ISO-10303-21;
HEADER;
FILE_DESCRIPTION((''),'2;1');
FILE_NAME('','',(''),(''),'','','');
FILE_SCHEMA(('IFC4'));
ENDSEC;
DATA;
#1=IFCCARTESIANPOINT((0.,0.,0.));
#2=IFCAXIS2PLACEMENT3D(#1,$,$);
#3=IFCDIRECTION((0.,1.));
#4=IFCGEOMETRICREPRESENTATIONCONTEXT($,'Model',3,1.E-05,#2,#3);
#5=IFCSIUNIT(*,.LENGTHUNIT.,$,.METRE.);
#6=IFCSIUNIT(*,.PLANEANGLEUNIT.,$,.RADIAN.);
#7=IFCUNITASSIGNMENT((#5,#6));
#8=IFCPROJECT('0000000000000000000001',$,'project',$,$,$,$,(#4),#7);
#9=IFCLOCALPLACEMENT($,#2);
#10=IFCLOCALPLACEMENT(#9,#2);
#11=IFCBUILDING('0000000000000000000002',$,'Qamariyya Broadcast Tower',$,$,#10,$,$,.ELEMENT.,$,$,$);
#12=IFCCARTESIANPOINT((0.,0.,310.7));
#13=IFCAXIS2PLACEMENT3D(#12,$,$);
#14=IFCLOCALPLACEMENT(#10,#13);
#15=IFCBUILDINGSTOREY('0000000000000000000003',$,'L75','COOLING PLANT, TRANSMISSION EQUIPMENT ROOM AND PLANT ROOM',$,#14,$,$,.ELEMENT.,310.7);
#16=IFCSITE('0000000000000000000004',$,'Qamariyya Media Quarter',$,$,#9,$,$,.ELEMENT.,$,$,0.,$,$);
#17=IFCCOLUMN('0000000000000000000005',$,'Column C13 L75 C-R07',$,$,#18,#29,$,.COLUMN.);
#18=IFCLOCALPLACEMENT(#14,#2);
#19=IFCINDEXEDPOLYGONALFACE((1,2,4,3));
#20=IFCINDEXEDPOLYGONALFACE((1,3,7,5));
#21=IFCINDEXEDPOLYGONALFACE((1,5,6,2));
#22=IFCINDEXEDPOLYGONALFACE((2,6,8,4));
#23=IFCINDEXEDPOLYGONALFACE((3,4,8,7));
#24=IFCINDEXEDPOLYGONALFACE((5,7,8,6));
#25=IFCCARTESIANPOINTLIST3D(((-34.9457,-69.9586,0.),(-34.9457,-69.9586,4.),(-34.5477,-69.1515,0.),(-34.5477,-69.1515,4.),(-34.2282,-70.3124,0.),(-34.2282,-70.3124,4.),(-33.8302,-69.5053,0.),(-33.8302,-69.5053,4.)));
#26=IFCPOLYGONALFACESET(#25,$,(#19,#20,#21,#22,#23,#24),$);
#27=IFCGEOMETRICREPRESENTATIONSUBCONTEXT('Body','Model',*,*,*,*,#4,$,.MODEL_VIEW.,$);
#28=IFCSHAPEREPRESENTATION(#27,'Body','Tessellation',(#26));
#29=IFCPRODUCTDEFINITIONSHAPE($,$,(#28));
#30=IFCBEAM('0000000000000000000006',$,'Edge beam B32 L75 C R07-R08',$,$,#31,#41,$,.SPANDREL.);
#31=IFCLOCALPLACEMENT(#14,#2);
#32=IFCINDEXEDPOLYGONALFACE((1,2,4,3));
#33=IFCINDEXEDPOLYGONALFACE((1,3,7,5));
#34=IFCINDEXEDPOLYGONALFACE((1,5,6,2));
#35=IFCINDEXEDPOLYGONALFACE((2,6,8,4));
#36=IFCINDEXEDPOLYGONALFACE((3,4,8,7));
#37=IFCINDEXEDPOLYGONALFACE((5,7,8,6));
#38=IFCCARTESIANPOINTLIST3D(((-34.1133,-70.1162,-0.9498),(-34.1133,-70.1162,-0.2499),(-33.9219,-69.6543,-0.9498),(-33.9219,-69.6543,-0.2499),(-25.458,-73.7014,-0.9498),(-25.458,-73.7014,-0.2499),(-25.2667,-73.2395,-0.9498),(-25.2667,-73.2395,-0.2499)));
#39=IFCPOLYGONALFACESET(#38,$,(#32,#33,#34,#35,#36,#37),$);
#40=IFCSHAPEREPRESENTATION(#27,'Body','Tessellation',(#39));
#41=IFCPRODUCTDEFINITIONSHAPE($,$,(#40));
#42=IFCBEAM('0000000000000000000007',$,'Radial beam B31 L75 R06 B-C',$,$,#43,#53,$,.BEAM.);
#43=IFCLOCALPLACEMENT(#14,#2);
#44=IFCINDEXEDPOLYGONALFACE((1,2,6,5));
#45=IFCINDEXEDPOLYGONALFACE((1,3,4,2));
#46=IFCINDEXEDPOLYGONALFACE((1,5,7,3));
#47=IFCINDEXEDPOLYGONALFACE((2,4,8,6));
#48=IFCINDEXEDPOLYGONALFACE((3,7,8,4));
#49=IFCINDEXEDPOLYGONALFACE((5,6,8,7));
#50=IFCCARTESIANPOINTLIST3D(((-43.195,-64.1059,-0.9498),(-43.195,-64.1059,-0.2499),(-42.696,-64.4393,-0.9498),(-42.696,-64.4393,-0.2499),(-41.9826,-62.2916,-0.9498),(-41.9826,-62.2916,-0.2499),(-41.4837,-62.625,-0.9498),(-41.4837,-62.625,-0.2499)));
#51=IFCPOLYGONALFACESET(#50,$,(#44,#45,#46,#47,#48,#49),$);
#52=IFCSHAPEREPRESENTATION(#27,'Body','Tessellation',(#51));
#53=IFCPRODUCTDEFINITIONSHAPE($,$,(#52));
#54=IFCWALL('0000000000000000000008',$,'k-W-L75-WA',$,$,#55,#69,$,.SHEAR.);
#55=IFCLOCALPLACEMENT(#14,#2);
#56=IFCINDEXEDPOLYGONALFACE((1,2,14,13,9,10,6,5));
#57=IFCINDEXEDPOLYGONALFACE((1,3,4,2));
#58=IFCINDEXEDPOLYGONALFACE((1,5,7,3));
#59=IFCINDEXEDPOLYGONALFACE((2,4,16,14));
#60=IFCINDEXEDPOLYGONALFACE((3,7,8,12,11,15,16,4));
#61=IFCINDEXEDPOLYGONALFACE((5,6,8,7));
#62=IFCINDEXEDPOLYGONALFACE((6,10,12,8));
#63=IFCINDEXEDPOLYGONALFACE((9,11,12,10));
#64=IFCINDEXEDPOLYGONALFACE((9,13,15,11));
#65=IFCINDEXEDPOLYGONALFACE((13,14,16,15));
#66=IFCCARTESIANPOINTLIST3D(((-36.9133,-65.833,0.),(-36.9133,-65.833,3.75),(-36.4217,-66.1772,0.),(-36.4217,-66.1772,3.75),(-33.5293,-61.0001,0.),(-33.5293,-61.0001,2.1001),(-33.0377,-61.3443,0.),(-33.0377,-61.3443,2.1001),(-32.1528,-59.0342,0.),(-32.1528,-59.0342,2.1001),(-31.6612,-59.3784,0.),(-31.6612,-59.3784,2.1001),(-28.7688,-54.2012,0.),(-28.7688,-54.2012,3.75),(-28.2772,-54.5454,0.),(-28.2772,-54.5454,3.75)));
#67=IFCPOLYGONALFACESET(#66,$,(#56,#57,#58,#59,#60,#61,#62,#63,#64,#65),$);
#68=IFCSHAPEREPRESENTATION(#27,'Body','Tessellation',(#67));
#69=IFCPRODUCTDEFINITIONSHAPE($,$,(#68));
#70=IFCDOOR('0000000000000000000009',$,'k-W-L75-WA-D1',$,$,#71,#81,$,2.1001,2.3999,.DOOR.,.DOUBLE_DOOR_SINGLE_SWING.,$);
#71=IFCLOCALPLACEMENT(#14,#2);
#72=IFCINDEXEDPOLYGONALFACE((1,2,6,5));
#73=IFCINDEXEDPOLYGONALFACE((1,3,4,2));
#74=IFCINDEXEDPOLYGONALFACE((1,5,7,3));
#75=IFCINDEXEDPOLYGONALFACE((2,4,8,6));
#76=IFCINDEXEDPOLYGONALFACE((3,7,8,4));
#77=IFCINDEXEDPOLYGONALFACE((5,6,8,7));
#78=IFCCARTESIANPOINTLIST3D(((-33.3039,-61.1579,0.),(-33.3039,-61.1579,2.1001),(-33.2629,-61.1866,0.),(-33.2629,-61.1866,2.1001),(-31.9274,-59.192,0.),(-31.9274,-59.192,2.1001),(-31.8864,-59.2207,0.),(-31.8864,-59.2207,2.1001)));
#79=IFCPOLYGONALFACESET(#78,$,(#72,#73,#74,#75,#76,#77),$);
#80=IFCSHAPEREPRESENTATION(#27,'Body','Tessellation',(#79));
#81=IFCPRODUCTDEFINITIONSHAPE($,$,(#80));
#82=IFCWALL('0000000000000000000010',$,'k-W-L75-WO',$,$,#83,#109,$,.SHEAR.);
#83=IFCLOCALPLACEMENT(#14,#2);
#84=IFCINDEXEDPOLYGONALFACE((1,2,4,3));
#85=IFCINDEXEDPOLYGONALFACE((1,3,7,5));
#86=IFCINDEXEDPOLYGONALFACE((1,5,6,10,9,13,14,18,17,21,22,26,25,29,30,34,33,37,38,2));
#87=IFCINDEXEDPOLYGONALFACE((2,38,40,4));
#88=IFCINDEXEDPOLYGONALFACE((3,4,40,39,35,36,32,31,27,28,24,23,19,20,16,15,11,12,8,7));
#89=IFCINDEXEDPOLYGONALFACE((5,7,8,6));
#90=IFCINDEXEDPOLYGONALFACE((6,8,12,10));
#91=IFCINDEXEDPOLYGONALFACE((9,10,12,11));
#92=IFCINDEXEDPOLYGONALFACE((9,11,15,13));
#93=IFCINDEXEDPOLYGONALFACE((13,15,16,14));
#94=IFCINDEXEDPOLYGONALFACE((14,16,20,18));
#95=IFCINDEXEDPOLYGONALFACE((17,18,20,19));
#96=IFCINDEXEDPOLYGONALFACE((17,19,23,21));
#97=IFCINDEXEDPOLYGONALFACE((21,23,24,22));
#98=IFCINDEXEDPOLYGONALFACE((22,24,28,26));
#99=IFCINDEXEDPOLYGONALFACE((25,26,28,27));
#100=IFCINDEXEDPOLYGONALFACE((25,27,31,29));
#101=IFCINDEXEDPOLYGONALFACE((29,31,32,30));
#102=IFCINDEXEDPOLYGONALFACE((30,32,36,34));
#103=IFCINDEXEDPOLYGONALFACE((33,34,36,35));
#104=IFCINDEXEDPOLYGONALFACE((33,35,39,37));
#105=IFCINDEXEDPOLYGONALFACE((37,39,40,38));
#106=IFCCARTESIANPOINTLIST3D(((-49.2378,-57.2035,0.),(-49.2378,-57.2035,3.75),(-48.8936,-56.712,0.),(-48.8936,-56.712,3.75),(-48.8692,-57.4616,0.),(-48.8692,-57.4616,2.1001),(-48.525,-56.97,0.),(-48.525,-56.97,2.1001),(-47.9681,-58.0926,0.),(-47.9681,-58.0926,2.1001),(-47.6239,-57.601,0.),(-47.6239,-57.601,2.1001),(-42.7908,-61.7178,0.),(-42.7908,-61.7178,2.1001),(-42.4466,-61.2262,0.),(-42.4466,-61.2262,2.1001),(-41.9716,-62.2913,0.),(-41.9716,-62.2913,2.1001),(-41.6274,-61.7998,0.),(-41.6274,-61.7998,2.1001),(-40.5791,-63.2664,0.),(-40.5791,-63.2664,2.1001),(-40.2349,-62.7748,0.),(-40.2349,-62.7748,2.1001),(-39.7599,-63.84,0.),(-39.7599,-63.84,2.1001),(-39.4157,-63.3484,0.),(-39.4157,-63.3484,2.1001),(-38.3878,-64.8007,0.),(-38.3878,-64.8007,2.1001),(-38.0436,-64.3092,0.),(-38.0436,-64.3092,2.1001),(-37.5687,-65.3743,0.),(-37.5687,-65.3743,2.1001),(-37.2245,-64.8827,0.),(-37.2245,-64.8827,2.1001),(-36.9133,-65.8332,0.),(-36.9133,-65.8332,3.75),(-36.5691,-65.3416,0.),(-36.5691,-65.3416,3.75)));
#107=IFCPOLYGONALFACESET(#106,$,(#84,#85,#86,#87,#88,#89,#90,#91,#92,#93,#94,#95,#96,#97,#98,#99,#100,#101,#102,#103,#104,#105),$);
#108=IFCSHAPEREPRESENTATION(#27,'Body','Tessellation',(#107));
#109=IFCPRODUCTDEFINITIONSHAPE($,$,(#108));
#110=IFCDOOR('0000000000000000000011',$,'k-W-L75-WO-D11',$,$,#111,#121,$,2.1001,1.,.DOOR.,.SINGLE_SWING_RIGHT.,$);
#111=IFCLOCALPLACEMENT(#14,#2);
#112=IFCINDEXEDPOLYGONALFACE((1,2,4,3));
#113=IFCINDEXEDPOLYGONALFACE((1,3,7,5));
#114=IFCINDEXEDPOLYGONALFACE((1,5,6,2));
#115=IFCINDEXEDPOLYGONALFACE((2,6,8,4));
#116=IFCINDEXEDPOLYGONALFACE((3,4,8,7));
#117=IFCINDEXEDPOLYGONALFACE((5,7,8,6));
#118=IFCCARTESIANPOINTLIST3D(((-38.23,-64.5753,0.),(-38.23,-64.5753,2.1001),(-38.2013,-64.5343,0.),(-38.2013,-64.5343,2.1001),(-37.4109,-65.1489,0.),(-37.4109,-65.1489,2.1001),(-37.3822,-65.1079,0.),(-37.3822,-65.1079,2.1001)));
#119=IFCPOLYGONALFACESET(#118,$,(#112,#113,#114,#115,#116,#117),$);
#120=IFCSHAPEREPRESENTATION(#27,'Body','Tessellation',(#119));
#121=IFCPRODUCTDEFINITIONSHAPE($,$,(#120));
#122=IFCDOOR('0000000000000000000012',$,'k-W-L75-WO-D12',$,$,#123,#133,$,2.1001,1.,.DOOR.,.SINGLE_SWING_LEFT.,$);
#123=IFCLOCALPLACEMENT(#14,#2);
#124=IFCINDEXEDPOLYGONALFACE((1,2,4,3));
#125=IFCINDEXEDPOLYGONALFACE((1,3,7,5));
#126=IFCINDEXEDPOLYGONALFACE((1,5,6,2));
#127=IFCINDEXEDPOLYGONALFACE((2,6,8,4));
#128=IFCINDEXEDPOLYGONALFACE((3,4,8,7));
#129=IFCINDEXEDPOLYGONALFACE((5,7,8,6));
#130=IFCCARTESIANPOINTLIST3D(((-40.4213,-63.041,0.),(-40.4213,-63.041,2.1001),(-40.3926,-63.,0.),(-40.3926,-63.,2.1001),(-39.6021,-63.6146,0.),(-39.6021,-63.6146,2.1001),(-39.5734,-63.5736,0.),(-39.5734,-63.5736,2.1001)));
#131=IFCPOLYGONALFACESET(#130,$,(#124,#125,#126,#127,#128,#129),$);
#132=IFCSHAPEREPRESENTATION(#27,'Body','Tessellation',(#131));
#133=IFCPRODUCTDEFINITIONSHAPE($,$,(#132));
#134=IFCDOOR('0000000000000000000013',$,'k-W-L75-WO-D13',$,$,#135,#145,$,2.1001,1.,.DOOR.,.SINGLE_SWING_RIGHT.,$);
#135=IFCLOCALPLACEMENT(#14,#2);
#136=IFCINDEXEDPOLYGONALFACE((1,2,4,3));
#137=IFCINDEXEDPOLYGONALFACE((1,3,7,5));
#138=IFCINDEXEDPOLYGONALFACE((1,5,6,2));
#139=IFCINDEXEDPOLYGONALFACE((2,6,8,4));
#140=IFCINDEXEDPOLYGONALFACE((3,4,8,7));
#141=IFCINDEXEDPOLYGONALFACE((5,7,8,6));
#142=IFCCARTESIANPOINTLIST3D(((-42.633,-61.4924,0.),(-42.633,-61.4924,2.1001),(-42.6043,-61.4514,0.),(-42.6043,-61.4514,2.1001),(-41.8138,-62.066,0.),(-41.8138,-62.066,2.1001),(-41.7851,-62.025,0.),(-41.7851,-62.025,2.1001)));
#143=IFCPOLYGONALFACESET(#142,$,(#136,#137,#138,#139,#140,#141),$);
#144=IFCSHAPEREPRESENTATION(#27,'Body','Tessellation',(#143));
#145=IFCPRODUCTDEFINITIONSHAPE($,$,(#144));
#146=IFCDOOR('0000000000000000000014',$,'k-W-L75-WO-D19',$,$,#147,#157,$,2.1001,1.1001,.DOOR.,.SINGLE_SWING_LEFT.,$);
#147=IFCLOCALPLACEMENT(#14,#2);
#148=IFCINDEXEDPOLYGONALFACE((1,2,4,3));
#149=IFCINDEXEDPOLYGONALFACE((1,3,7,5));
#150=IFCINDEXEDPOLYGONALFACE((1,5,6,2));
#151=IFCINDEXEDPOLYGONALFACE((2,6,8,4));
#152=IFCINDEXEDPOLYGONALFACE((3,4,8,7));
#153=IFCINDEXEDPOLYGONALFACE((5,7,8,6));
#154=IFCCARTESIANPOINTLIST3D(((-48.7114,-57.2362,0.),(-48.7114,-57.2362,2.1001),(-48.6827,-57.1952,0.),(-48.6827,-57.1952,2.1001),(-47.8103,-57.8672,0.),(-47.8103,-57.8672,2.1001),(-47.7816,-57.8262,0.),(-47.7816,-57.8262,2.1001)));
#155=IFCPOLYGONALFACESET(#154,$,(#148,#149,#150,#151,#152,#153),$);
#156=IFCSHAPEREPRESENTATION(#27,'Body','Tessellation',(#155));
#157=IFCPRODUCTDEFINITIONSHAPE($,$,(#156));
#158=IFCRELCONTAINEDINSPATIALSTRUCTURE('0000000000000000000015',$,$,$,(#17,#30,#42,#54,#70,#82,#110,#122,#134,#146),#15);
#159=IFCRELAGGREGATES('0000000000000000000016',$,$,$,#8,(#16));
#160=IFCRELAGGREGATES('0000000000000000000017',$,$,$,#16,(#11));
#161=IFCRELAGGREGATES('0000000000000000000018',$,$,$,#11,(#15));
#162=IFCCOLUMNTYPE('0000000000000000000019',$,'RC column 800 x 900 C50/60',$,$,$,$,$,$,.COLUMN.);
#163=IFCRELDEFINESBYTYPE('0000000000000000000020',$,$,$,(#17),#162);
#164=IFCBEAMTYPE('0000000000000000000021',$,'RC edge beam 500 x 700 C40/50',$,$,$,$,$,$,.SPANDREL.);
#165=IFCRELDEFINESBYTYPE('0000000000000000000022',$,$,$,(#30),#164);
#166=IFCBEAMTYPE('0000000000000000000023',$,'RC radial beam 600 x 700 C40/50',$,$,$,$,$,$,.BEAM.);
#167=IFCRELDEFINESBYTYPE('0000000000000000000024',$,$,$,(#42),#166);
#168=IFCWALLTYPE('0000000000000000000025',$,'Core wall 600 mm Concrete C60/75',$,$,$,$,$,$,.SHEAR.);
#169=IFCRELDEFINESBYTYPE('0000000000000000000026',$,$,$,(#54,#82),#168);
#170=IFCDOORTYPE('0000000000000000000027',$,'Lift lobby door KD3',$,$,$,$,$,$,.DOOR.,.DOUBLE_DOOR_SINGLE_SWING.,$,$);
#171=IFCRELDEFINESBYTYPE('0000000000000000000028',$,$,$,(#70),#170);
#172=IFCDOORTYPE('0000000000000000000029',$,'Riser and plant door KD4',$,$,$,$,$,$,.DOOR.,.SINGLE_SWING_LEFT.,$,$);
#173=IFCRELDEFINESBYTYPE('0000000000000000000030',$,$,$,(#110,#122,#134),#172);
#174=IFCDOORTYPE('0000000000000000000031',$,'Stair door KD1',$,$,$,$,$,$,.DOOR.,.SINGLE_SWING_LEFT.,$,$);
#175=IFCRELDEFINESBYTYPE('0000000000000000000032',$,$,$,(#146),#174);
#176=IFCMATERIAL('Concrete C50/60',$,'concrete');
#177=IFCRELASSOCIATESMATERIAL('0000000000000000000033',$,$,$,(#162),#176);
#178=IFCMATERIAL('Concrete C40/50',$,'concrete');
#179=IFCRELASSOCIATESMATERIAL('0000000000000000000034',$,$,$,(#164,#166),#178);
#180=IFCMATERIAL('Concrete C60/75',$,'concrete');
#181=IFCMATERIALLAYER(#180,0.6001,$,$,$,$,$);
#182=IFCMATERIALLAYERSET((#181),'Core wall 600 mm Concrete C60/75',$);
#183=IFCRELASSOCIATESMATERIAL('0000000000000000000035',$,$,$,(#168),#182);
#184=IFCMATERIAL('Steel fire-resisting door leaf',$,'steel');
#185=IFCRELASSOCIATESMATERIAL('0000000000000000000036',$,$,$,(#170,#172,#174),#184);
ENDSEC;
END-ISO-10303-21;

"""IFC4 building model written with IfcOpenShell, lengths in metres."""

from ifc_helpers import new_model, si_unit, direction, frame, frame_2d, origin, origin_2d, place, context, subcontext, project, spatial, rectangle, extrude, material, layer, layer_set, material_profile, profile_set, type_object, element, fill, save


model = new_model("IFC4")

# Units and contexts
model_context = context("Model", 3, precision=1e-05, world=origin(), true_north=direction((0.0, 1.0)))
body_context = subcontext(model_context, "Body", "Model", "MODEL_VIEW")
ifc_project = project(units=[si_unit("LENGTHUNIT", "METRE"), si_unit("PLANEANGLEUNIT", "RADIAN")], contexts=[model_context])

# Site, building, storey
site_placement = place(None, origin())
site = spatial("IfcSite", under=ifc_project, at=site_placement, Name="Qamariyya Media Quarter", CompositionType="ELEMENT", RefElevation=0.0)
building_placement = place(site_placement, origin())
building = spatial("IfcBuilding", under=site, at=building_placement, Name="Qamariyya Broadcast Tower", CompositionType="ELEMENT")
storey_placement = place(building_placement, frame((0.0, 0.0, 310.7)))
storey = spatial("IfcBuildingStorey", under=building, at=storey_placement, Name="L75", Description="COOLING PLANT, TRANSMISSION EQUIPMENT ROOM AND PLANT ROOM", CompositionType="ELEMENT", Elevation=310.7)

# Column
ifc_material_1 = material(Name="Concrete C50/60", Category="concrete")
ifc_material_profile_1 = material_profile(ifc_material_1, rectangle(XDim=0.8, YDim=0.8999, at=origin_2d()))
ifc_profile_set_1 = profile_set([ifc_material_profile_1], Name="Concrete C50/60")
column_type = type_object("IfcColumnType", Name="RC column 800 x 900 C50/60", PredefinedType="COLUMN", material=ifc_profile_set_1)
column_placement = place(storey_placement, frame((-34.3879, -69.7319, 0.0), z_axis=(0.0, 0.0, 1.0), x_axis=(0.896873, -0.442289, 0.0)))
element("IfcColumn", 1, at=column_placement, inside=storey, type_object=column_type, Name="Column C13 L75 C-R07", PredefinedType="COLUMN", context=body_context, shape_type="SweptSolid", body=[
    extrude(rectangle(XDim=0.8, YDim=0.8999, at=origin_2d()), origin(), (0.0, 0.0, 1.0), 4.0),
])

# Beams
ifc_material_2 = material(Name="Concrete C40/50", Category="concrete")
ifc_material_profile_2 = material_profile(ifc_material_2, rectangle(XDim=0.5, YDim=0.7, at=origin_2d()))
ifc_profile_set_2 = profile_set([ifc_material_profile_2], Name="Concrete C40/50")
beam_type_1 = type_object("IfcBeamType", Name="RC edge beam 500 x 700 C40/50", PredefinedType="SPANDREL", material=ifc_profile_set_2)
beam_1_placement = place(storey_placement, frame((-34.0176, -69.8853, -0.5999), z_axis=(0.923877, -0.38269, 0.0), x_axis=(0.38269, 0.923877, 0.0)))
element("IfcBeam", 2, at=beam_1_placement, inside=storey, type_object=beam_type_1, Name="Edge beam B32 L75 C R07-R08", PredefinedType="SPANDREL", context=body_context, shape_type="SweptSolid", body=[
    extrude(rectangle(XDim=0.5, YDim=0.7, at=origin_2d()), origin(), (0.0, 0.0, 1.0), 9.3684),
])
ifc_material_profile_3 = material_profile(ifc_material_2, rectangle(XDim=0.6001, YDim=0.7, at=origin_2d()))
ifc_profile_set_3 = profile_set([ifc_material_profile_3], Name="Concrete C40/50")
beam_type_2 = type_object("IfcBeamType", Name="RC radial beam 600 x 700 C40/50", PredefinedType="BEAM", material=ifc_profile_set_3)
beam_2_placement = place(storey_placement, frame((-41.7332, -62.4583, -0.5999), z_axis=(-0.555578, -0.831465, 0.0), x_axis=(0.831465, -0.555578, 0.0)))
element("IfcBeam", 3, at=beam_2_placement, inside=storey, type_object=beam_type_2, Name="Radial beam B31 L75 R06 B-C", PredefinedType="BEAM", context=body_context, shape_type="SweptSolid", body=[
    extrude(rectangle(XDim=0.6001, YDim=0.7, at=origin_2d()), origin(), (0.0, 0.0, 1.0), 2.1821),
])

# Wall, opening, door
ifc_material_3 = material(Name="Concrete C60/75", Category="concrete")
ifc_layer_1 = layer(ifc_material_3, 0.6001)
ifc_layer_set_1 = layer_set([ifc_layer_1], Name="Core wall 600 mm Concrete C60/75")
wall_type_1 = type_object("IfcWallType", Name="Core wall 600 mm Concrete C60/75", PredefinedType="SHEAR", material=ifc_layer_set_1)
wall_1_placement = place(storey_placement, frame((-36.6675, -66.0051, 0.0), z_axis=(0.0, 0.0, 1.0), x_axis=(0.573568, 0.819158, 0.0)))
wall_1 = element("IfcWall", 4, at=wall_1_placement, inside=storey, type_object=wall_type_1, Name="k-W-L75-WA", PredefinedType="SHEAR", context=body_context, shape_type="SweptSolid", body=[
    extrude(rectangle(XDim=14.1997, YDim=0.6001, at=frame_2d((7.0999, 0.0))), origin(), (0.0, 0.0, 1.0), 3.75),
])
opening_1_placement = place(wall_1_placement, frame((5.8999, 0.0, 0.0)))
opening_1 = element("IfcOpeningElement", 5, at=opening_1_placement, cuts=wall_1, PredefinedType="OPENING", context=body_context, shape_type="SweptSolid", body=[
    extrude(rectangle(XDim=2.3999, YDim=2.1001, at=frame_2d((1.2, 1.05))), frame((0.0, 0.3101, 0.0), z_axis=(0.0, -1.0, 0.0), x_axis=(1.0, 0.0, 0.0)), (0.0, 0.0, 1.0), 0.6201),
])
ifc_material_4 = material(Name="Steel fire-resisting door leaf", Category="steel")
door_type_1 = type_object("IfcDoorType", Name="Lift lobby door KD3", OperationType="DOUBLE_DOOR_SINGLE_SWING", PredefinedType="DOOR", material=ifc_material_4)
door_1_placement = place(opening_1_placement, origin())
door_1 = element("IfcDoor", 6, at=door_1_placement, inside=storey, type_object=door_type_1, Name="k-W-L75-WA-D1", OperationType="DOUBLE_DOOR_SINGLE_SWING", OverallHeight=2.1001, OverallWidth=2.3999, PredefinedType="DOOR", context=body_context, shape_type="SweptSolid", body=[
    extrude(rectangle(XDim=2.3999, YDim=2.1001, at=frame_2d((1.2, 1.05))), frame((0.0, 0.0249, 0.0), z_axis=(0.0, -1.0, 0.0), x_axis=(1.0, 0.0, 0.0)), (0.0, 0.0, 1.0), 0.05),
])
fill(opening_1, door_1)

# Wall, openings, doors
wall_2_placement = place(storey_placement, frame((-36.7412, -65.5874, 0.0), z_axis=(0.0, 0.0, 1.0), x_axis=(-0.819153, 0.573575, 0.0)))
wall_2 = element("IfcWall", 7, at=wall_2_placement, inside=storey, type_object=wall_type_1, Name="k-W-L75-WO", PredefinedType="SHEAR", context=body_context, shape_type="SweptSolid", body=[
    extrude(rectangle(XDim=15.0454, YDim=0.6001, at=frame_2d((7.5227, 0.0))), origin(), (0.0, 0.0, 1.0), 3.75),
])
opening_2_placement = place(wall_2_placement, frame((0.8, 0.0, 0.0)))
opening_2 = element("IfcOpeningElement", 8, at=opening_2_placement, cuts=wall_2, PredefinedType="OPENING", context=body_context, shape_type="SweptSolid", body=[
    extrude(rectangle(XDim=1.0, YDim=2.1001, at=frame_2d((0.5, 1.05))), frame((0.0, 0.3101, 0.0), z_axis=(0.0, -1.0, 0.0), x_axis=(1.0, 0.0, 0.0)), (0.0, 0.0, 1.0), 0.6201),
])
opening_3_placement = place(wall_2_placement, frame((3.4751, 0.0, 0.0)))
opening_3 = element("IfcOpeningElement", 9, at=opening_3_placement, cuts=wall_2, PredefinedType="OPENING", context=body_context, shape_type="SweptSolid", body=[
    extrude(rectangle(XDim=1.0, YDim=2.1001, at=frame_2d((0.5, 1.05))), frame((0.0, 0.3101, 0.0), z_axis=(0.0, -1.0, 0.0), x_axis=(1.0, 0.0, 0.0)), (0.0, 0.0, 1.0), 0.6201),
])
opening_4_placement = place(wall_2_placement, frame((6.175, 0.0, 0.0)))
opening_4 = element("IfcOpeningElement", 10, at=opening_4_placement, cuts=wall_2, PredefinedType="OPENING", context=body_context, shape_type="SweptSolid", body=[
    extrude(rectangle(XDim=1.0, YDim=2.1001, at=frame_2d((0.5, 1.05))), frame((0.0, 0.3101, 0.0), z_axis=(0.0, -1.0, 0.0), x_axis=(1.0, 0.0, 0.0)), (0.0, 0.0, 1.0), 0.6201),
])
opening_5_placement = place(wall_2_placement, frame((13.4954, 0.0, 0.0)))
opening_5 = element("IfcOpeningElement", 11, at=opening_5_placement, cuts=wall_2, PredefinedType="OPENING", context=body_context, shape_type="SweptSolid", body=[
    extrude(rectangle(XDim=1.1001, YDim=2.1001, at=frame_2d((0.55, 1.05))), frame((0.0, 0.3101, 0.0), z_axis=(0.0, -1.0, 0.0), x_axis=(1.0, 0.0, 0.0)), (0.0, 0.0, 1.0), 0.6201),
])
door_type_2 = type_object("IfcDoorType", Name="Riser and plant door KD4", OperationType="SINGLE_SWING_LEFT", PredefinedType="DOOR", material=ifc_material_4)
door_2_placement = place(opening_2_placement, origin())
door_2 = element("IfcDoor", 12, at=door_2_placement, inside=storey, type_object=door_type_2, Name="k-W-L75-WO-D11", OperationType="SINGLE_SWING_RIGHT", OverallHeight=2.1001, OverallWidth=1.0, PredefinedType="DOOR", context=body_context, shape_type="SweptSolid", body=[
    extrude(rectangle(XDim=1.0, YDim=2.1001, at=frame_2d((0.5, 1.05))), frame((0.0, 0.0249, 0.0), z_axis=(0.0, -1.0, 0.0), x_axis=(1.0, 0.0, 0.0)), (0.0, 0.0, 1.0), 0.05),
])
fill(opening_2, door_2)
door_3_placement = place(opening_3_placement, origin())
door_3 = element("IfcDoor", 13, at=door_3_placement, inside=storey, type_object=door_type_2, Name="k-W-L75-WO-D12", OperationType="SINGLE_SWING_LEFT", OverallHeight=2.1001, OverallWidth=1.0, PredefinedType="DOOR", context=body_context, shape_type="SweptSolid", body=[
    extrude(rectangle(XDim=1.0, YDim=2.1001, at=frame_2d((0.5, 1.05))), frame((0.0, 0.0249, 0.0), z_axis=(0.0, -1.0, 0.0), x_axis=(1.0, 0.0, 0.0)), (0.0, 0.0, 1.0), 0.05),
])
fill(opening_3, door_3)
door_4_placement = place(opening_4_placement, origin())
door_4 = element("IfcDoor", 14, at=door_4_placement, inside=storey, type_object=door_type_2, Name="k-W-L75-WO-D13", OperationType="SINGLE_SWING_RIGHT", OverallHeight=2.1001, OverallWidth=1.0, PredefinedType="DOOR", context=body_context, shape_type="SweptSolid", body=[
    extrude(rectangle(XDim=1.0, YDim=2.1001, at=frame_2d((0.5, 1.05))), frame((0.0, 0.0249, 0.0), z_axis=(0.0, -1.0, 0.0), x_axis=(1.0, 0.0, 0.0)), (0.0, 0.0, 1.0), 0.05),
])
fill(opening_4, door_4)
door_type_3 = type_object("IfcDoorType", Name="Stair door KD1", OperationType="SINGLE_SWING_LEFT", PredefinedType="DOOR", material=ifc_material_4)
door_5_placement = place(opening_5_placement, origin())
door_5 = element("IfcDoor", 15, at=door_5_placement, inside=storey, type_object=door_type_3, Name="k-W-L75-WO-D19", OperationType="SINGLE_SWING_LEFT", OverallHeight=2.1001, OverallWidth=1.1001, PredefinedType="DOOR", context=body_context, shape_type="SweptSolid", body=[
    extrude(rectangle(XDim=1.1001, YDim=2.1001, at=frame_2d((0.55, 1.05))), frame((0.0, 0.0249, 0.0), z_axis=(0.0, -1.0, 0.0), x_axis=(1.0, 0.0, 0.0)), (0.0, 0.0, 1.0), 0.05),
])
fill(opening_5, door_5)

save(model, "model.ifc")
